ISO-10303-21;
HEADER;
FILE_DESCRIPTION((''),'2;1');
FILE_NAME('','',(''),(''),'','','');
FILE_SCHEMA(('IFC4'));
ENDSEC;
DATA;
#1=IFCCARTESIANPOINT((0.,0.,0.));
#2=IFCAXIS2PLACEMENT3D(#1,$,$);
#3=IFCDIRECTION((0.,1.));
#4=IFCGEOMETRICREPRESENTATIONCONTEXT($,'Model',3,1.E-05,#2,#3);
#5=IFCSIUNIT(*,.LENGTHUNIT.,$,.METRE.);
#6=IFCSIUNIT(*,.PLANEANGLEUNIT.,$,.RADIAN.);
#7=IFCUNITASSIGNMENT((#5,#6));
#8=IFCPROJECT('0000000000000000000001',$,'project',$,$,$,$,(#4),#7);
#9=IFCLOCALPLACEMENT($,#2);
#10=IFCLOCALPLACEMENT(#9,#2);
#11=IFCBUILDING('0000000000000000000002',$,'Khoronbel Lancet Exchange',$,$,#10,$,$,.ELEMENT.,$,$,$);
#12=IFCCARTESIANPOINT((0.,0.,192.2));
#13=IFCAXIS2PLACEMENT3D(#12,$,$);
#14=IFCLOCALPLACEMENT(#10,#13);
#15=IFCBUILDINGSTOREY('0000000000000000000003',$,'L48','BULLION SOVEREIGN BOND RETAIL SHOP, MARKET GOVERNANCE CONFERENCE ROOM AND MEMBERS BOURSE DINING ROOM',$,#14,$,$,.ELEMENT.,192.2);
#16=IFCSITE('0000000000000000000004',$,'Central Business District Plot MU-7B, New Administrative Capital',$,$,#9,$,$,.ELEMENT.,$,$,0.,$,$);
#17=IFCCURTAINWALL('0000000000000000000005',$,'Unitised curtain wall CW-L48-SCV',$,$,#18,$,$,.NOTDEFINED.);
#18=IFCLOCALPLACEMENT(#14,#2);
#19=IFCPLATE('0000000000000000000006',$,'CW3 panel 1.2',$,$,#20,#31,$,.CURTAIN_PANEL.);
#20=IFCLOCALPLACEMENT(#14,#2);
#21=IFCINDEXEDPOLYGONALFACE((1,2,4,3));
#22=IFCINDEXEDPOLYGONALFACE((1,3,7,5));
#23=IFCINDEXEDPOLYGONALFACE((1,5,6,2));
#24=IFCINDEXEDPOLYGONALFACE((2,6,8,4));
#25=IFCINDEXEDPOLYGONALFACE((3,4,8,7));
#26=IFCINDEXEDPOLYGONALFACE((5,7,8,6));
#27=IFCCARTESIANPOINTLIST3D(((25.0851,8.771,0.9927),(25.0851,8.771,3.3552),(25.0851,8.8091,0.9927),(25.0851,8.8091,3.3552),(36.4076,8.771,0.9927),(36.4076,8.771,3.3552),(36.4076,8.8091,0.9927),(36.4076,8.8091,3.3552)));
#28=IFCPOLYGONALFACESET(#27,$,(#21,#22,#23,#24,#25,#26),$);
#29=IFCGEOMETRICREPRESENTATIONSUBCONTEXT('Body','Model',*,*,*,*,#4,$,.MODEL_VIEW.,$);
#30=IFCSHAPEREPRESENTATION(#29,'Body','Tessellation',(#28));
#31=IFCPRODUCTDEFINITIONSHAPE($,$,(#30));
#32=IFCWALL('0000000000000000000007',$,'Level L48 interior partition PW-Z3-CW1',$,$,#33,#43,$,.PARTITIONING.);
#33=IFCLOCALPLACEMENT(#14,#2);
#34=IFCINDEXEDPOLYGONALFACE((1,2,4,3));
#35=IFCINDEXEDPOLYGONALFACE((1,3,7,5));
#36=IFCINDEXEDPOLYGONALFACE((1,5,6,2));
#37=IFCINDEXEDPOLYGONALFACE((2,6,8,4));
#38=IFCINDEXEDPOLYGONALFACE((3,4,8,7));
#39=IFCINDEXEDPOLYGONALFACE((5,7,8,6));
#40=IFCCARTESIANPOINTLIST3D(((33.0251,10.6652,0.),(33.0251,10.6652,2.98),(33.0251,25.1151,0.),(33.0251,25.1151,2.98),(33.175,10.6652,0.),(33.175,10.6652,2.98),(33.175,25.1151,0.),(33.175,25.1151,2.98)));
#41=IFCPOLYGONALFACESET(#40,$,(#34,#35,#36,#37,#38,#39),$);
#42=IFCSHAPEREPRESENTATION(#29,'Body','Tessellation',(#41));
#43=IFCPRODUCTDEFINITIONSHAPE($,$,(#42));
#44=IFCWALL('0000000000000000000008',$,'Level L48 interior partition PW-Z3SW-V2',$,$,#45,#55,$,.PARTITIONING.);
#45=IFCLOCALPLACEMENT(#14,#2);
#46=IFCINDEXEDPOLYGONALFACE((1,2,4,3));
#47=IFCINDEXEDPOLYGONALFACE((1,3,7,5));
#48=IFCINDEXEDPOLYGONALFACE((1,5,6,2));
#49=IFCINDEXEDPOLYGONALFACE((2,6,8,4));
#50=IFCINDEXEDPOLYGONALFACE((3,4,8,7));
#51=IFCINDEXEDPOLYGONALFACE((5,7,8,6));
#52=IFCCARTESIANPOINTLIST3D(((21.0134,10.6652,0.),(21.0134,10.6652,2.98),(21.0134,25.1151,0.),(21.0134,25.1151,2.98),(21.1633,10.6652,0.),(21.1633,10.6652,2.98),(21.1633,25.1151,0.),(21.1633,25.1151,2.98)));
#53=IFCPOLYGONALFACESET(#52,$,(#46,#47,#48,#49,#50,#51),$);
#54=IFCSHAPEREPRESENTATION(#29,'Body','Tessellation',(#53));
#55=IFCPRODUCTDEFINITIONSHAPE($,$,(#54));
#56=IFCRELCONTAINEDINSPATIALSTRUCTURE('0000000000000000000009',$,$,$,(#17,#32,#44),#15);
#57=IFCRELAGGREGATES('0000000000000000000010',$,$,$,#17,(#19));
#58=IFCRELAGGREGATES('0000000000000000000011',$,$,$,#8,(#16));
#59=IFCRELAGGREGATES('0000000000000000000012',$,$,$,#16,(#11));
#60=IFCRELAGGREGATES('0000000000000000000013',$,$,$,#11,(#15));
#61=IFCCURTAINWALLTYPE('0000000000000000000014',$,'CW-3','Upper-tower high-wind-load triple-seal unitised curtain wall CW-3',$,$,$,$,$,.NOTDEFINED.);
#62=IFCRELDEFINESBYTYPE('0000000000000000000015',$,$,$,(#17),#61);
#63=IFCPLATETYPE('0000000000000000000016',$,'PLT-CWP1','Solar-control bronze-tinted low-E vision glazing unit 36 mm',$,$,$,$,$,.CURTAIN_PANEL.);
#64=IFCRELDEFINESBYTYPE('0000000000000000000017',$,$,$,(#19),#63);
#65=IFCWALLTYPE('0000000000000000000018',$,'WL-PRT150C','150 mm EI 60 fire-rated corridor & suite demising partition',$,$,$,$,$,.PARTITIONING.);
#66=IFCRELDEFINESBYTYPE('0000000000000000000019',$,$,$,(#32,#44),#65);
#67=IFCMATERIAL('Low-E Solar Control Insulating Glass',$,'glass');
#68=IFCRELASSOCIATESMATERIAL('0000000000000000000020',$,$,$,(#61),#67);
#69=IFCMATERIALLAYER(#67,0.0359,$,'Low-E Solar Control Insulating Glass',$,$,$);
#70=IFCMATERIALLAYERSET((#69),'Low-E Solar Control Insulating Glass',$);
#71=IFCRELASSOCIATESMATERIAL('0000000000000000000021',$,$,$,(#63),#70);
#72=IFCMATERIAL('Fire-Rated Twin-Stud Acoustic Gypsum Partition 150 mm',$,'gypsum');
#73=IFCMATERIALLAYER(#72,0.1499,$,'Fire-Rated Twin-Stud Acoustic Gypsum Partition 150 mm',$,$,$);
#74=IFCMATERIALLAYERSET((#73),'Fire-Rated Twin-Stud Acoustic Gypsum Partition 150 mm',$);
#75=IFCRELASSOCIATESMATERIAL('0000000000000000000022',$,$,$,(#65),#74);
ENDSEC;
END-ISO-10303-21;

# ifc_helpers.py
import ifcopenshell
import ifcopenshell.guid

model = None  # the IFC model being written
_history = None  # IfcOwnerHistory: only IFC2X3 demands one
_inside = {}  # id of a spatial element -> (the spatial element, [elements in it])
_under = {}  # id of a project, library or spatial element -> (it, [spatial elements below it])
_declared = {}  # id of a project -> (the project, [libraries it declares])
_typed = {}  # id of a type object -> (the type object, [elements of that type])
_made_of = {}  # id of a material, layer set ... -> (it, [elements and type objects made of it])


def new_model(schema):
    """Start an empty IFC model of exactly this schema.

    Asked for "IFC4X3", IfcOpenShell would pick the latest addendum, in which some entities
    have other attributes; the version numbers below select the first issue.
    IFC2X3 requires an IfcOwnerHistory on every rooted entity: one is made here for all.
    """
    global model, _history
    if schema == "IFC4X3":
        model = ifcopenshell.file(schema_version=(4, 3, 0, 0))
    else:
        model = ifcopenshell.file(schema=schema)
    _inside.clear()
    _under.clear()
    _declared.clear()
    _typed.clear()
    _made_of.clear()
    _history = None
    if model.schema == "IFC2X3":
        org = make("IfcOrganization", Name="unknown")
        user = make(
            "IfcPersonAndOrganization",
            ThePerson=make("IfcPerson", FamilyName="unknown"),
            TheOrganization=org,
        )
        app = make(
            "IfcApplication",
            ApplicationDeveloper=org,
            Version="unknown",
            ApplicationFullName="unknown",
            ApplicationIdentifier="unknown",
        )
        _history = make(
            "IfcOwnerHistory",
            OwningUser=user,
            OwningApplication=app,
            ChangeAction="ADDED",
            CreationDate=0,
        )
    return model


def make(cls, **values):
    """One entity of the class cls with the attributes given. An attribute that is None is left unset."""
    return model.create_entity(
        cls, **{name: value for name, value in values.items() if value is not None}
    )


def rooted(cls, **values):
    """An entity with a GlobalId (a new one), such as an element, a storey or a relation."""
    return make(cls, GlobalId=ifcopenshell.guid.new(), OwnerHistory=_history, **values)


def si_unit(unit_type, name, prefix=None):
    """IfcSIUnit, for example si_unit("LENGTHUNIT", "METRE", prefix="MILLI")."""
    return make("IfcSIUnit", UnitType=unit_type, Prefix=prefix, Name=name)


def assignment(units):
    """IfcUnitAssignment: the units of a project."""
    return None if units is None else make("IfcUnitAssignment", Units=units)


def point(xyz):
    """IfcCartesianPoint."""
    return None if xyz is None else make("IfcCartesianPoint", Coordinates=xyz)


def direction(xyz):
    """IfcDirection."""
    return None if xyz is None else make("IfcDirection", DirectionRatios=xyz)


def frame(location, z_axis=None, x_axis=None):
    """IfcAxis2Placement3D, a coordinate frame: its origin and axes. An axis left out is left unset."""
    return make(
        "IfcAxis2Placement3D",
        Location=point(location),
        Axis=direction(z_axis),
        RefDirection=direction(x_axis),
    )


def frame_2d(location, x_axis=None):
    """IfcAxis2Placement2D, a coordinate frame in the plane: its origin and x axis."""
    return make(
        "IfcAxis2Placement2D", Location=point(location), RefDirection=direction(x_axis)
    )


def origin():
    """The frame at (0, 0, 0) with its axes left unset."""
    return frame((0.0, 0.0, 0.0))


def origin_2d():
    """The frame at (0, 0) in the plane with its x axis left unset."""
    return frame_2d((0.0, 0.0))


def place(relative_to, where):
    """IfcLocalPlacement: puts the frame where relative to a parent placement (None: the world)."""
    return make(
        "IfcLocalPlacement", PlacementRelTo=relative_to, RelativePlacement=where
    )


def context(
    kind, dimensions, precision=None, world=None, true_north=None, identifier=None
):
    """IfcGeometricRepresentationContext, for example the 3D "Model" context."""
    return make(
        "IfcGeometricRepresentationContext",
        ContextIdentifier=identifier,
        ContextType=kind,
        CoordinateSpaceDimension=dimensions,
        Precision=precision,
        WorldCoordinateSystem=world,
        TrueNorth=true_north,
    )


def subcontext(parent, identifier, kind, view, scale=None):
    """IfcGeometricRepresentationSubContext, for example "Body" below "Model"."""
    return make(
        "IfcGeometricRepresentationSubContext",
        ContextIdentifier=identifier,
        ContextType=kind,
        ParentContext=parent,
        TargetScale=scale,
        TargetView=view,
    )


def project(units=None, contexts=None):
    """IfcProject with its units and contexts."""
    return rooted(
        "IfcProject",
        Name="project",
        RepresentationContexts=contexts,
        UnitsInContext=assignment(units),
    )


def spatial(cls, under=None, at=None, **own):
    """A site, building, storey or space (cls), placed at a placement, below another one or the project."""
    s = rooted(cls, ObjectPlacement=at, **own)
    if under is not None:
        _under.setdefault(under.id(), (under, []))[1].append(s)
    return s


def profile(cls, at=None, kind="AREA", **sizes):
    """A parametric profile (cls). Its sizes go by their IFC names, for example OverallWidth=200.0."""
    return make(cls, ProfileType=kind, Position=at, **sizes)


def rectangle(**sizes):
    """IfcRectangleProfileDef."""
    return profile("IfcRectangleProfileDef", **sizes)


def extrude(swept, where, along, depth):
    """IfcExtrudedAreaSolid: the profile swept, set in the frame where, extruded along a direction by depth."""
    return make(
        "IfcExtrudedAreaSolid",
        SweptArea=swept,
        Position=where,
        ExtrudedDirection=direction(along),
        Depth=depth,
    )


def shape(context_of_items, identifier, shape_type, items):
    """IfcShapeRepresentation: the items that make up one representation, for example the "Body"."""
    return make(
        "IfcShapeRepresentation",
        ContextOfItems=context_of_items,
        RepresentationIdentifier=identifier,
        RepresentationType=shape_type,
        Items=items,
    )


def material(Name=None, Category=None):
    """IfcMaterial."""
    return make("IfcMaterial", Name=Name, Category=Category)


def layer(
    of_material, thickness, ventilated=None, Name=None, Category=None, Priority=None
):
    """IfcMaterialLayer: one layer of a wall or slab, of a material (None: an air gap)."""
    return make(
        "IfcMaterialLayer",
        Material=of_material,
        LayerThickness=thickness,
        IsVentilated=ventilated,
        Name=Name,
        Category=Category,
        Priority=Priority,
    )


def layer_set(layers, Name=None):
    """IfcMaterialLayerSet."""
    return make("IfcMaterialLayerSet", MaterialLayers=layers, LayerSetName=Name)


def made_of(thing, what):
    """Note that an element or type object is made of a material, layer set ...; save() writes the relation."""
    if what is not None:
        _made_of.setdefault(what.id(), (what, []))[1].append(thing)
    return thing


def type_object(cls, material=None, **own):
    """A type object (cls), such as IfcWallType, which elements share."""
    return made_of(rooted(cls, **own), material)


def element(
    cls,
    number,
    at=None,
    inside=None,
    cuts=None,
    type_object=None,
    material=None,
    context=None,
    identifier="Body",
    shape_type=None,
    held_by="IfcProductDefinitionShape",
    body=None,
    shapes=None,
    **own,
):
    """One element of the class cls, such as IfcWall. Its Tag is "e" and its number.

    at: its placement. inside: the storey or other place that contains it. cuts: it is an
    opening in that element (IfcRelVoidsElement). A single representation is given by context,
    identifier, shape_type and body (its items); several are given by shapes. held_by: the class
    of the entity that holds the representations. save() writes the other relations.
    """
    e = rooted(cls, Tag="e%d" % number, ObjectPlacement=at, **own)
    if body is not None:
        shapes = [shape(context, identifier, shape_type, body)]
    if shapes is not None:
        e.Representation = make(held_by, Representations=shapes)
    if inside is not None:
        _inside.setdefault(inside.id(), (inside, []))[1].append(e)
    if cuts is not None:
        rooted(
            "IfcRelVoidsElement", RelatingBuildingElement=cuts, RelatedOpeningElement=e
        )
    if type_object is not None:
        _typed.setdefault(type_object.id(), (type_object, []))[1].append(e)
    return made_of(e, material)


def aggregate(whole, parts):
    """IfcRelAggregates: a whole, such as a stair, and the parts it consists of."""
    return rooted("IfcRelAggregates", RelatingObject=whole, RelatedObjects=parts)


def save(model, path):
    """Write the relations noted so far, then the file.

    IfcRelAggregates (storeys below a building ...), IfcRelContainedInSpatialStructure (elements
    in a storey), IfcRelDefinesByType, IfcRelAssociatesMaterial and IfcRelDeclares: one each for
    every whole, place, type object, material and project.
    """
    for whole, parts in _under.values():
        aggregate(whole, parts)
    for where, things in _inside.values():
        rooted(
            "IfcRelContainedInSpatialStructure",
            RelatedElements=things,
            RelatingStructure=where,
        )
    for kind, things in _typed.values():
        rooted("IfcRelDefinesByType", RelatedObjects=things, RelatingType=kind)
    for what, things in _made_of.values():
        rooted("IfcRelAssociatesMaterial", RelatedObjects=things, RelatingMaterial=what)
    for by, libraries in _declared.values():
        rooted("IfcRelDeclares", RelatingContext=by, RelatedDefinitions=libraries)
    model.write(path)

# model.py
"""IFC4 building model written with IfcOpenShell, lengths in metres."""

from ifc_helpers import new_model, si_unit, direction, frame, frame_2d, origin, origin_2d, place, context, subcontext, project, spatial, rectangle, extrude, material, layer, layer_set, type_object, element, aggregate, save


model = new_model("IFC4")

# Units and contexts
model_context = context("Model", 3, precision=1e-05, world=origin(), true_north=direction((0.0, 1.0)))
body_context = subcontext(model_context, "Body", "Model", "MODEL_VIEW")
ifc_project = project(units=[si_unit("LENGTHUNIT", "METRE"), si_unit("PLANEANGLEUNIT", "RADIAN")], contexts=[model_context])

# Site, building, storey
site_placement = place(None, origin())
site = spatial("IfcSite", under=ifc_project, at=site_placement, Name="Central Business District Plot MU-7B, New Administrative Capital", CompositionType="ELEMENT", RefElevation=0.0)
building_placement = place(site_placement, origin())
building = spatial("IfcBuilding", under=site, at=building_placement, Name="Khoronbel Lancet Exchange", CompositionType="ELEMENT")
storey_placement = place(building_placement, frame((0.0, 0.0, 192.2)))
storey = spatial("IfcBuildingStorey", under=building, at=storey_placement, Name="L48", Description="BULLION SOVEREIGN BOND RETAIL SHOP, MARKET GOVERNANCE CONFERENCE ROOM AND MEMBERS BOURSE DINING ROOM", CompositionType="ELEMENT", Elevation=192.2)

# Curtain wall
ifc_material_1 = material(Name="Low-E Solar Control Insulating Glass", Category="glass")
curtain_wall_type = type_object("IfcCurtainWallType", Name="CW-3", Description="Upper-tower high-wind-load triple-seal unitised curtain wall CW-3", PredefinedType="NOTDEFINED", material=ifc_material_1)
curtain_wall_1_placement = place(storey_placement, origin())
curtain_wall_1 = element("IfcCurtainWall", 1, at=curtain_wall_1_placement, inside=storey, type_object=curtain_wall_type, Name="Unitised curtain wall CW-L48-SCV", PredefinedType="NOTDEFINED")

# Plate
ifc_layer_1 = layer(ifc_material_1, 0.0359, Name="Low-E Solar Control Insulating Glass")
ifc_layer_set_1 = layer_set([ifc_layer_1], Name="Low-E Solar Control Insulating Glass")
plate_type_1 = type_object("IfcPlateType", Name="PLT-CWP1", Description="Solar-control bronze-tinted low-E vision glazing unit 36 mm", PredefinedType="CURTAIN_PANEL", material=ifc_layer_set_1)
plate_1_placement = place(storey_placement, frame((30.7463, 8.79, 0.9927), z_axis=(0.0, 0.0, 1.0), x_axis=(1.0, 0.0, 0.0)))
plate_1 = element("IfcPlate", 2, at=plate_1_placement, type_object=plate_type_1, Name="CW3 panel 1.2", PredefinedType="CURTAIN_PANEL", context=body_context, shape_type="SweptSolid", body=[
    extrude(rectangle(XDim=11.3225, YDim=0.0381, at=origin_2d()), origin(), (0.0, 0.0, 1.0), 2.3625),
])
aggregate(curtain_wall_1, [plate_1])

# Walls
ifc_material_2 = material(Name="Fire-Rated Twin-Stud Acoustic Gypsum Partition 150 mm", Category="gypsum")
ifc_layer_2 = layer(ifc_material_2, 0.1499, Name="Fire-Rated Twin-Stud Acoustic Gypsum Partition 150 mm")
ifc_layer_set_2 = layer_set([ifc_layer_2], Name="Fire-Rated Twin-Stud Acoustic Gypsum Partition 150 mm")
wall_type = type_object("IfcWallType", Name="WL-PRT150C", Description="150 mm EI 60 fire-rated corridor & suite demising partition", PredefinedType="PARTITIONING", material=ifc_layer_set_2)
for number, where, z_axis, x_axis, name in (
    (3, (33.1001, 10.665, 0.0), (0.0, 0.0, 1.0), (0.0, 1.0, 0.0), "Level L48 interior partition PW-Z3-CW1"),
    (4, (21.0884, 10.665, 0.0), (0.0, 0.0, 1.0), (0.0, 1.0, 0.0), "Level L48 interior partition PW-Z3SW-V2"),
):
    element("IfcWall", number, at=place(storey_placement, frame(where, z_axis=z_axis, x_axis=x_axis)), inside=storey, type_object=wall_type, Name=name, PredefinedType="PARTITIONING", context=body_context, shape_type="SweptSolid", body=[
        extrude(rectangle(XDim=14.45, YDim=0.1499, at=frame_2d((7.2251, 0.0))), origin(), (0.0, 0.0, 1.0), 2.98),
    ])

save(model, "model.ifc")
